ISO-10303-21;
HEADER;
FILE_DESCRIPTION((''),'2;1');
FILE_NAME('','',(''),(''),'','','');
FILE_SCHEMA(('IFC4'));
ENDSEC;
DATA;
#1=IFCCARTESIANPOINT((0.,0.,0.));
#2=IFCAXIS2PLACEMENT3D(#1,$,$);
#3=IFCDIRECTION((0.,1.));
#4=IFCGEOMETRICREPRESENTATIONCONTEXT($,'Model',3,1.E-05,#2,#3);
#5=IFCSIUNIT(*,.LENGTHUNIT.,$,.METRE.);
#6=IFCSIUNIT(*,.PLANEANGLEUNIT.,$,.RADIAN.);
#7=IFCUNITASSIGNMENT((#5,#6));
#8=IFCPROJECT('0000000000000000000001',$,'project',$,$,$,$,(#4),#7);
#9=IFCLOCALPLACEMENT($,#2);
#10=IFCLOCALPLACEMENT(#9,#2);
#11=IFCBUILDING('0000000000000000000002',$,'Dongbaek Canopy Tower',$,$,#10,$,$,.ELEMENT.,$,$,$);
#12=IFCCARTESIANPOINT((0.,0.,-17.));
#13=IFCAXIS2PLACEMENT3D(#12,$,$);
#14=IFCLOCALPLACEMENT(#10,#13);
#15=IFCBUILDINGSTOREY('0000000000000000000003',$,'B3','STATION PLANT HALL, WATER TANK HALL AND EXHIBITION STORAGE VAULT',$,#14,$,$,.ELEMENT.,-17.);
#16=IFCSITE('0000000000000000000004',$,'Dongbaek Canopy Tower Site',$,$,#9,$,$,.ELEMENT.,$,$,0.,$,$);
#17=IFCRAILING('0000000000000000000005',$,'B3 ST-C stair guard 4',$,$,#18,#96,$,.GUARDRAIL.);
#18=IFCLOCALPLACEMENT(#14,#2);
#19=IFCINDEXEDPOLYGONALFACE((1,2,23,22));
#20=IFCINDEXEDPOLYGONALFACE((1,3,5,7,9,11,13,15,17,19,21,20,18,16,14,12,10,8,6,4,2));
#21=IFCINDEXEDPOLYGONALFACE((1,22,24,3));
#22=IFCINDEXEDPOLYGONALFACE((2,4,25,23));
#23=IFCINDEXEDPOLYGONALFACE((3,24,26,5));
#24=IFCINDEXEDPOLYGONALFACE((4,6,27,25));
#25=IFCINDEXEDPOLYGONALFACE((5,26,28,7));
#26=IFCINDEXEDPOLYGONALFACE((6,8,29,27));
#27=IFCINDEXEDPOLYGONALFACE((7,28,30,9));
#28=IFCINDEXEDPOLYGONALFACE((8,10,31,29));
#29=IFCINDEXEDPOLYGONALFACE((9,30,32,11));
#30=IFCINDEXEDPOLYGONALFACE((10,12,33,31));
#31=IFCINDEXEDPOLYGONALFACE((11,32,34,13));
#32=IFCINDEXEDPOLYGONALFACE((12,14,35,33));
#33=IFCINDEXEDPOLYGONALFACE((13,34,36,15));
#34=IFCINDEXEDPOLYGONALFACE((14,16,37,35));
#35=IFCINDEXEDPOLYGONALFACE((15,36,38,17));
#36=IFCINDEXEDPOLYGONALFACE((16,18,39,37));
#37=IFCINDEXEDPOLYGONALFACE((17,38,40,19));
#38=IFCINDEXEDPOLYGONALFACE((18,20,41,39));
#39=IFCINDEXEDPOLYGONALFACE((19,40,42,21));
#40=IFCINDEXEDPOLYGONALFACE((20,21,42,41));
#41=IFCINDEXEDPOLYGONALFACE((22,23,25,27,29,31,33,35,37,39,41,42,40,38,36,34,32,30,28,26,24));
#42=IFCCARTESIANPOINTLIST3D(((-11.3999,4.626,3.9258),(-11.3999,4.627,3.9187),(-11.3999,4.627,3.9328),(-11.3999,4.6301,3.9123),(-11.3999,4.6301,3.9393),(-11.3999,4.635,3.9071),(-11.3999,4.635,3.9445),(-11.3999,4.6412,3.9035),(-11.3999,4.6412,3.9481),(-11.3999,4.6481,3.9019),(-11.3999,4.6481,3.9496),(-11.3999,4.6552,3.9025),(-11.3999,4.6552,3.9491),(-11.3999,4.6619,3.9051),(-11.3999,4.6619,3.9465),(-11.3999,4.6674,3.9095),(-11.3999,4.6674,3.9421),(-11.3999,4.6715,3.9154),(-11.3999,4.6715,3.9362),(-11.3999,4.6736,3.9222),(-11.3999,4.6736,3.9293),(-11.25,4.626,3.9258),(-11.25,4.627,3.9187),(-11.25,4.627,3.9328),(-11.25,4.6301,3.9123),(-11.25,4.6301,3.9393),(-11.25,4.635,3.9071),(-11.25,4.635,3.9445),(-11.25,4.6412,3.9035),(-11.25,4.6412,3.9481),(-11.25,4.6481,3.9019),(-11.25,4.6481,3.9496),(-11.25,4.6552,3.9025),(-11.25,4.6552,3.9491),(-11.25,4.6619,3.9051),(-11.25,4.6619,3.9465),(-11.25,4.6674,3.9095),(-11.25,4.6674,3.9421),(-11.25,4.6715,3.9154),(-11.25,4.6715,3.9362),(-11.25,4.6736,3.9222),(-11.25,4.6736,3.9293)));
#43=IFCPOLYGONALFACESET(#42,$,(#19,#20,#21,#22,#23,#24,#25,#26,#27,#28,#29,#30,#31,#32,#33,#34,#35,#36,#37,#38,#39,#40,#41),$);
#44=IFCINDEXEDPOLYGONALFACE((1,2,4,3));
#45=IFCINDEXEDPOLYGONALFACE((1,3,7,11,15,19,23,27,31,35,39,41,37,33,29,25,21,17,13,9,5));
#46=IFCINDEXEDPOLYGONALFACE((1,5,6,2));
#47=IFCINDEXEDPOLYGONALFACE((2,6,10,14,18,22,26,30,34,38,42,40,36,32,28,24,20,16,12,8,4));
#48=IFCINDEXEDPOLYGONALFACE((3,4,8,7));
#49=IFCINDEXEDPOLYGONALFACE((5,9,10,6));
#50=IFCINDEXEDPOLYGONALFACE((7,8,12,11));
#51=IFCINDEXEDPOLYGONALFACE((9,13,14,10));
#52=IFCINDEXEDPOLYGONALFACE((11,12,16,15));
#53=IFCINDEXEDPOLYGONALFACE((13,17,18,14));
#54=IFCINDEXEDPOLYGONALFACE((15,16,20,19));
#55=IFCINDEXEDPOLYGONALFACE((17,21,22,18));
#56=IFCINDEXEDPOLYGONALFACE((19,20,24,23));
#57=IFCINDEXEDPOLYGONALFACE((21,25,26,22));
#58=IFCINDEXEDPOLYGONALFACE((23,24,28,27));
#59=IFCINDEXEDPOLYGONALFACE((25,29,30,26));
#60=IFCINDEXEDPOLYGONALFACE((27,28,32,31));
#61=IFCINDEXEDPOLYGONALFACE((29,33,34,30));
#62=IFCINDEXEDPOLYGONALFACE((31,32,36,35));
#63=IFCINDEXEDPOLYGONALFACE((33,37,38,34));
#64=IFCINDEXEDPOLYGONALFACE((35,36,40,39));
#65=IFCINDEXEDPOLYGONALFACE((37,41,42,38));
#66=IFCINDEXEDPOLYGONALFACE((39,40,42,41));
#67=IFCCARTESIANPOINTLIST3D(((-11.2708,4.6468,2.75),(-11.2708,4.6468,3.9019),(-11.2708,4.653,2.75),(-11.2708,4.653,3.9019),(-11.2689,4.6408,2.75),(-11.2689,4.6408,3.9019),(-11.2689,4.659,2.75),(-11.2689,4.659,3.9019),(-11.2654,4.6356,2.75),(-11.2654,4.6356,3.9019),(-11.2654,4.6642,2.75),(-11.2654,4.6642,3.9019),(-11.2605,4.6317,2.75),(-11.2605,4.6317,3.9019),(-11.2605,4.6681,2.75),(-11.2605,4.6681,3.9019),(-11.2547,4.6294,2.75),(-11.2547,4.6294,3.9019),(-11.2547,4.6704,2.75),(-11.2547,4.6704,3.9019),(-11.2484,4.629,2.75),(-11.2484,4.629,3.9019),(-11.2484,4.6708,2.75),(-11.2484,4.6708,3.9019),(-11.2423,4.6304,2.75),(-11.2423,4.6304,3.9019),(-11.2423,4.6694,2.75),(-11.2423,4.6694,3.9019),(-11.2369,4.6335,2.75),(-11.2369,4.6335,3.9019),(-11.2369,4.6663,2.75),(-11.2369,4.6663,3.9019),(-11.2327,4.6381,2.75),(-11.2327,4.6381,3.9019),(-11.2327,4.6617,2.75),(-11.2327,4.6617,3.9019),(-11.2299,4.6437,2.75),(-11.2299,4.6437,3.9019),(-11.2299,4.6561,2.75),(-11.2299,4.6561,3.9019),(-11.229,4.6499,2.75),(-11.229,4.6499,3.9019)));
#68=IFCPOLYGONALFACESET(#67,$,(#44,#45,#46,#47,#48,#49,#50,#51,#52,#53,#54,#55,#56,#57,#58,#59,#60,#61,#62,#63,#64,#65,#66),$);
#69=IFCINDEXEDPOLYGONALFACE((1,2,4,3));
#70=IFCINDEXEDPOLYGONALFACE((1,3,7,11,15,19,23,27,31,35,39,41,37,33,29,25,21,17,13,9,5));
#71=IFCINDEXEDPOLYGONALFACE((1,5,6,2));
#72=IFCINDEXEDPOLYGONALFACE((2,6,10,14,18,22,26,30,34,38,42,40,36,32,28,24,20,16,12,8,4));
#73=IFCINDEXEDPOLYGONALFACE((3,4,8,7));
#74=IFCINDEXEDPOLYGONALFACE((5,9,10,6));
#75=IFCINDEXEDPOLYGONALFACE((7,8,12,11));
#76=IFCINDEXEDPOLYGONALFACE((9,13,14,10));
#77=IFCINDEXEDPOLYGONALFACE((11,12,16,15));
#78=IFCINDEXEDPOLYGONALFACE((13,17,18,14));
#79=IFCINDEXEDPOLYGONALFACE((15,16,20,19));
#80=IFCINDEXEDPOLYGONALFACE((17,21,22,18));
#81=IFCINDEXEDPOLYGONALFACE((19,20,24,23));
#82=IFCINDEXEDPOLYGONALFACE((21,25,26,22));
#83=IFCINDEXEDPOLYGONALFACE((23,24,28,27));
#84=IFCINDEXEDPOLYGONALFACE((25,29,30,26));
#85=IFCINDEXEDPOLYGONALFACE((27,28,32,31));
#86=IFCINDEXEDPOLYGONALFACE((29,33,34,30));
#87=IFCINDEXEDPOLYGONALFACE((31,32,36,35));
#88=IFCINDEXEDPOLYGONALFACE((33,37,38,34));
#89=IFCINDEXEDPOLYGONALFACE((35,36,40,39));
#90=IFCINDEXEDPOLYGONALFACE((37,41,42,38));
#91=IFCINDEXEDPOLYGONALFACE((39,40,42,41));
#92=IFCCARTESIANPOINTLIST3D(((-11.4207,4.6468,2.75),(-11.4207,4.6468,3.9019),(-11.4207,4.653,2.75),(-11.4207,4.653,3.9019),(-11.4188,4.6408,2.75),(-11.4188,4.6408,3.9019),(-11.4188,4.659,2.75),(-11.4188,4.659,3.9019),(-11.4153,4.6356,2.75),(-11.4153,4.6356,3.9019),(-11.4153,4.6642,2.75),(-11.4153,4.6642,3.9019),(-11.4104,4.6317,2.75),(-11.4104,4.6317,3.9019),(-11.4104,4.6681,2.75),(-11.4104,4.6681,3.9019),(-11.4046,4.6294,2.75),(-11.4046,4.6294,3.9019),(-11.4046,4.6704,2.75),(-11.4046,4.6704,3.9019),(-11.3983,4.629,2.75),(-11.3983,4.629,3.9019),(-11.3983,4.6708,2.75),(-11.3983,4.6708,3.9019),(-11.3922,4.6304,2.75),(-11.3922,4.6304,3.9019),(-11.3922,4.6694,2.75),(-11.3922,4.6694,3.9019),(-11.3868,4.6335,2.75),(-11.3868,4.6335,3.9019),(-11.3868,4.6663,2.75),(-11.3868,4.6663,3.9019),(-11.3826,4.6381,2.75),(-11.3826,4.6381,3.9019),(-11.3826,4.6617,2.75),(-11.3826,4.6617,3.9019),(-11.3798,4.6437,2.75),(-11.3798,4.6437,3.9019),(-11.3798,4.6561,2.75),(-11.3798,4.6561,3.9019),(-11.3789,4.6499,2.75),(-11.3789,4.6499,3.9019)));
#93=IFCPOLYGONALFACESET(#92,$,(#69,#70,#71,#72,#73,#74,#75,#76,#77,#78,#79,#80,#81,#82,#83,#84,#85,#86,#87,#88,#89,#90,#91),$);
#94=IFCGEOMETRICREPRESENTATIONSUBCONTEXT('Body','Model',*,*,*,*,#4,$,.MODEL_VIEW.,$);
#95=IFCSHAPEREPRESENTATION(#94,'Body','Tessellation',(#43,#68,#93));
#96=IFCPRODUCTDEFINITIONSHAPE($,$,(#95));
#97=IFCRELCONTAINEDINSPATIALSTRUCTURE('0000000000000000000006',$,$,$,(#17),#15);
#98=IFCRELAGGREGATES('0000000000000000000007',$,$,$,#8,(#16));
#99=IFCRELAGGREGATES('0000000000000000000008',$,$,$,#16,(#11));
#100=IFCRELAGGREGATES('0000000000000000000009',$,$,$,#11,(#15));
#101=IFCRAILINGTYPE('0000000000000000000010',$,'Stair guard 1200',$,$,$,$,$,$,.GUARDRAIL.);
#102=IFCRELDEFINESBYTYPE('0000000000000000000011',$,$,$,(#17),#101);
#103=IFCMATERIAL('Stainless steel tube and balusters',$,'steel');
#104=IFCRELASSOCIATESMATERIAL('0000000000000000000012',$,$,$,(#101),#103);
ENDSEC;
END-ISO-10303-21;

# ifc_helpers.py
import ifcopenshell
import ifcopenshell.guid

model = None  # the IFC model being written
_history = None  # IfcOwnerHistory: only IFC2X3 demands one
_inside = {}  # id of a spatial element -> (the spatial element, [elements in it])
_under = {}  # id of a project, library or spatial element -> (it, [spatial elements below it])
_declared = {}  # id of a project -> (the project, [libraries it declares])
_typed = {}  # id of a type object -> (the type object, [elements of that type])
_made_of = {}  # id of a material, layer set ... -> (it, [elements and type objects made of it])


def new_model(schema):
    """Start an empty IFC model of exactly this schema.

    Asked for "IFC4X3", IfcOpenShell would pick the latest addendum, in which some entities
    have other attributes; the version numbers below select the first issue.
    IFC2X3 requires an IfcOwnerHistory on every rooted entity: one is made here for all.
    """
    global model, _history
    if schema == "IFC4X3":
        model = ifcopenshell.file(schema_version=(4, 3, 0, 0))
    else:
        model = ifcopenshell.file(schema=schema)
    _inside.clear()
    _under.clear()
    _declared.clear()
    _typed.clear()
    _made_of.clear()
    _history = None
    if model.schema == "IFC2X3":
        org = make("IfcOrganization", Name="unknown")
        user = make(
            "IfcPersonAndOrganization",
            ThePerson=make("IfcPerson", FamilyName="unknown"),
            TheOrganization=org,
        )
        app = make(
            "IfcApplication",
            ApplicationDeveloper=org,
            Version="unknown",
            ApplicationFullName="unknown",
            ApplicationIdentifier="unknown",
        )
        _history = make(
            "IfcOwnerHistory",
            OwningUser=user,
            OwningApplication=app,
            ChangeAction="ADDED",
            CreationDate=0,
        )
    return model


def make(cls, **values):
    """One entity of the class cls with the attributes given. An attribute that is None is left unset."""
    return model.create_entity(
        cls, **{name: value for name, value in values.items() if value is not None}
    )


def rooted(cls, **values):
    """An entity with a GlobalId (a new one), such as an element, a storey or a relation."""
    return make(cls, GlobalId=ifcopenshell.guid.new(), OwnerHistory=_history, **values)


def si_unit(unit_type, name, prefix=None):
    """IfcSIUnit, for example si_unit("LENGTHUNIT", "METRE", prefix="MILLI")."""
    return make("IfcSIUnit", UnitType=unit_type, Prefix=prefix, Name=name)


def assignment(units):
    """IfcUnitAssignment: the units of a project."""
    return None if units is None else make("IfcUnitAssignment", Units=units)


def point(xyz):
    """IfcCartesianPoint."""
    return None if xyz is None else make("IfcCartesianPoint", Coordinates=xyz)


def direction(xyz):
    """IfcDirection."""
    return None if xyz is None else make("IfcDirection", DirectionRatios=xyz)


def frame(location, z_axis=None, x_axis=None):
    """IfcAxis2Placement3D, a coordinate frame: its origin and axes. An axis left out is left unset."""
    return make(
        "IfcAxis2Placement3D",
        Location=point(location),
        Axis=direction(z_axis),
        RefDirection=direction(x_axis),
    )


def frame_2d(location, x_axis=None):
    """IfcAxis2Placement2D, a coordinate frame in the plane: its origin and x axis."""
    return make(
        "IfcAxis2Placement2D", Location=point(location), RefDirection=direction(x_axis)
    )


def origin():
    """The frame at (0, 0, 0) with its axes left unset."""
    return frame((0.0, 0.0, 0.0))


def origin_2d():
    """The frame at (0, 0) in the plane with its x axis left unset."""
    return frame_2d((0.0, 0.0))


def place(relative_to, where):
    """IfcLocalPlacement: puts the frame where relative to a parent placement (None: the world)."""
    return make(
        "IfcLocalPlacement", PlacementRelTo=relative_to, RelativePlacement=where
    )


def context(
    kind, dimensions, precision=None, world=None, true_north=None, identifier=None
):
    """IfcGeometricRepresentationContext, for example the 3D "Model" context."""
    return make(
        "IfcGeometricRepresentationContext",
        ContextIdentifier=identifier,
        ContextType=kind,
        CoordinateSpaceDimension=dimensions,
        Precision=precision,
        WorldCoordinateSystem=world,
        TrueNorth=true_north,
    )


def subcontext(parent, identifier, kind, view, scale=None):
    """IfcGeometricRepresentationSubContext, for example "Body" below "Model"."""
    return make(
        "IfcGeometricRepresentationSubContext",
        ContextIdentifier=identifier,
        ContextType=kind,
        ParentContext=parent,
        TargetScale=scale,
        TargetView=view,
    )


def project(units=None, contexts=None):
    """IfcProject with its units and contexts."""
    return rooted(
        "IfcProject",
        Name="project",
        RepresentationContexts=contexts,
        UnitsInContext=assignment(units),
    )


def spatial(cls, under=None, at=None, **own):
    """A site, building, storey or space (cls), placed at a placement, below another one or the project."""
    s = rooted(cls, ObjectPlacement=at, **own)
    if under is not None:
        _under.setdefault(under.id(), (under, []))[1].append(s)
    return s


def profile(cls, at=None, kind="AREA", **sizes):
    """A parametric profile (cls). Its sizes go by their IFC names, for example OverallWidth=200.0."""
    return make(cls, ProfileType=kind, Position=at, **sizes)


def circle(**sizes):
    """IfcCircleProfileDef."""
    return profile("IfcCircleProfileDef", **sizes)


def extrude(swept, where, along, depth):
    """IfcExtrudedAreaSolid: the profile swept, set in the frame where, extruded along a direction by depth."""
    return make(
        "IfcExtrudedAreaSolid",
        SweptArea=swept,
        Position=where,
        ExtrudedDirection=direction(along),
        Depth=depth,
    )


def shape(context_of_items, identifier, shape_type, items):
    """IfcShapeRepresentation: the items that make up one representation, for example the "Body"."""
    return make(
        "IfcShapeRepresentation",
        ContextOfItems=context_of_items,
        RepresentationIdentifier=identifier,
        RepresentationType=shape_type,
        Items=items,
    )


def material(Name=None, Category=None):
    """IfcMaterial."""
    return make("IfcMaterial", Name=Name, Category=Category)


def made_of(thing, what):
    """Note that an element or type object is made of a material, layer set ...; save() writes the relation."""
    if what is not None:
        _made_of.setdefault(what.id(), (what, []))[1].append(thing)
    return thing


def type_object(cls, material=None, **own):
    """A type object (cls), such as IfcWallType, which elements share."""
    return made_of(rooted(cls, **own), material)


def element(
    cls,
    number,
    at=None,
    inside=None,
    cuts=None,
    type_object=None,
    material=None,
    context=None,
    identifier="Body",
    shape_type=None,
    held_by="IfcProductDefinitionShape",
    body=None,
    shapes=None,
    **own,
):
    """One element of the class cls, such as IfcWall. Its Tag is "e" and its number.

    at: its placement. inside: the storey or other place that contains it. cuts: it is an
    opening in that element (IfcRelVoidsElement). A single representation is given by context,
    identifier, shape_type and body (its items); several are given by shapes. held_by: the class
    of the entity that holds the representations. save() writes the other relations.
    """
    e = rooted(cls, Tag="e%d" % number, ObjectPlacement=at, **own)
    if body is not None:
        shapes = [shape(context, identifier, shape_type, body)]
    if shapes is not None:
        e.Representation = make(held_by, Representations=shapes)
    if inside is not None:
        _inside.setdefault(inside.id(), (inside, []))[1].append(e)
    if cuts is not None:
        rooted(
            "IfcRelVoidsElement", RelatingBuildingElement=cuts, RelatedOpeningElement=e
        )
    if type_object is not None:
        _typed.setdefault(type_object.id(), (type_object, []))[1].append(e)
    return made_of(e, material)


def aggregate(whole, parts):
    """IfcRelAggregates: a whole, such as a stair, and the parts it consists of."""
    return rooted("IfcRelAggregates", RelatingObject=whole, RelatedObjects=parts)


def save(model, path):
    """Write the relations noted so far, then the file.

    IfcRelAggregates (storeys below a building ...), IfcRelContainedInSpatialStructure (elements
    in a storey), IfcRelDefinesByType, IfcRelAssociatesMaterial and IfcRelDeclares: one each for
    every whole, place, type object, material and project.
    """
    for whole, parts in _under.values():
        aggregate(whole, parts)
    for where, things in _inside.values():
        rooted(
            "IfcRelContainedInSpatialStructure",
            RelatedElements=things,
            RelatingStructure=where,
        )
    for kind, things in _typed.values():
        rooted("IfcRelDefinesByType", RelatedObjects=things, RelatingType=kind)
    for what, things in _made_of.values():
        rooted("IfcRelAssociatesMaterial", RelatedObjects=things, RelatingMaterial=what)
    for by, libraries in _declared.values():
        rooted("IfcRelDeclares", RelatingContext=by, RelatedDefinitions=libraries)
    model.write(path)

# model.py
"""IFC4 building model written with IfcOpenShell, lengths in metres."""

from ifc_helpers import new_model, si_unit, direction, frame, origin, origin_2d, place, context, subcontext, project, spatial, circle, extrude, material, type_object, element, save


model = new_model("IFC4")

# Units and contexts
model_context = context("Model", 3, precision=1e-05, world=origin(), true_north=direction((0.0, 1.0)))
body_context = subcontext(model_context, "Body", "Model", "MODEL_VIEW")
ifc_project = project(units=[si_unit("LENGTHUNIT", "METRE"), si_unit("PLANEANGLEUNIT", "RADIAN")], contexts=[model_context])

# Site, building, storey
site_placement = place(None, origin())
site = spatial("IfcSite", under=ifc_project, at=site_placement, Name="Dongbaek Canopy Tower Site", CompositionType="ELEMENT", RefElevation=0.0)
building_placement = place(site_placement, origin())
building = spatial("IfcBuilding", under=site, at=building_placement, Name="Dongbaek Canopy Tower", CompositionType="ELEMENT")
storey_placement = place(building_placement, frame((0.0, 0.0, -17.0)))
storey = spatial("IfcBuildingStorey", under=building, at=storey_placement, Name="B3", Description="STATION PLANT HALL, WATER TANK HALL AND EXHIBITION STORAGE VAULT", CompositionType="ELEMENT", Elevation=-17.0)

# Railing
ifc_material_1 = material(Name="Stainless steel tube and balusters", Category="steel")
railing_type_1 = type_object("IfcRailingType", Name="Stair guard 1200", PredefinedType="GUARDRAIL", material=ifc_material_1)
railing_1_placement = place(storey_placement, frame((-11.25, 4.6499, 2.75)))
element("IfcRailing", 1, at=railing_1_placement, inside=storey, type_object=railing_type_1, Name="B3 ST-C stair guard 4", PredefinedType="GUARDRAIL", context=body_context, shape_type="SweptSolid", body=[
    extrude(circle(Radius=0.0239, at=origin_2d()), frame((0.0, 0.0, 1.1758), z_axis=(-1.0, 0.0, 0.0), x_axis=(0.0, -1.0, 0.0)), (0.0, 0.0, 1.0), 0.1499),
    extrude(circle(Radius=0.021, at=origin_2d()), origin(), (0.0, 0.0, 1.0), 1.1519),
    extrude(circle(Radius=0.021, at=origin_2d()), frame((-0.1499, 0.0, 0.0)), (0.0, 0.0, 1.0), 1.1519),
])

save(model, "model.ifc")
